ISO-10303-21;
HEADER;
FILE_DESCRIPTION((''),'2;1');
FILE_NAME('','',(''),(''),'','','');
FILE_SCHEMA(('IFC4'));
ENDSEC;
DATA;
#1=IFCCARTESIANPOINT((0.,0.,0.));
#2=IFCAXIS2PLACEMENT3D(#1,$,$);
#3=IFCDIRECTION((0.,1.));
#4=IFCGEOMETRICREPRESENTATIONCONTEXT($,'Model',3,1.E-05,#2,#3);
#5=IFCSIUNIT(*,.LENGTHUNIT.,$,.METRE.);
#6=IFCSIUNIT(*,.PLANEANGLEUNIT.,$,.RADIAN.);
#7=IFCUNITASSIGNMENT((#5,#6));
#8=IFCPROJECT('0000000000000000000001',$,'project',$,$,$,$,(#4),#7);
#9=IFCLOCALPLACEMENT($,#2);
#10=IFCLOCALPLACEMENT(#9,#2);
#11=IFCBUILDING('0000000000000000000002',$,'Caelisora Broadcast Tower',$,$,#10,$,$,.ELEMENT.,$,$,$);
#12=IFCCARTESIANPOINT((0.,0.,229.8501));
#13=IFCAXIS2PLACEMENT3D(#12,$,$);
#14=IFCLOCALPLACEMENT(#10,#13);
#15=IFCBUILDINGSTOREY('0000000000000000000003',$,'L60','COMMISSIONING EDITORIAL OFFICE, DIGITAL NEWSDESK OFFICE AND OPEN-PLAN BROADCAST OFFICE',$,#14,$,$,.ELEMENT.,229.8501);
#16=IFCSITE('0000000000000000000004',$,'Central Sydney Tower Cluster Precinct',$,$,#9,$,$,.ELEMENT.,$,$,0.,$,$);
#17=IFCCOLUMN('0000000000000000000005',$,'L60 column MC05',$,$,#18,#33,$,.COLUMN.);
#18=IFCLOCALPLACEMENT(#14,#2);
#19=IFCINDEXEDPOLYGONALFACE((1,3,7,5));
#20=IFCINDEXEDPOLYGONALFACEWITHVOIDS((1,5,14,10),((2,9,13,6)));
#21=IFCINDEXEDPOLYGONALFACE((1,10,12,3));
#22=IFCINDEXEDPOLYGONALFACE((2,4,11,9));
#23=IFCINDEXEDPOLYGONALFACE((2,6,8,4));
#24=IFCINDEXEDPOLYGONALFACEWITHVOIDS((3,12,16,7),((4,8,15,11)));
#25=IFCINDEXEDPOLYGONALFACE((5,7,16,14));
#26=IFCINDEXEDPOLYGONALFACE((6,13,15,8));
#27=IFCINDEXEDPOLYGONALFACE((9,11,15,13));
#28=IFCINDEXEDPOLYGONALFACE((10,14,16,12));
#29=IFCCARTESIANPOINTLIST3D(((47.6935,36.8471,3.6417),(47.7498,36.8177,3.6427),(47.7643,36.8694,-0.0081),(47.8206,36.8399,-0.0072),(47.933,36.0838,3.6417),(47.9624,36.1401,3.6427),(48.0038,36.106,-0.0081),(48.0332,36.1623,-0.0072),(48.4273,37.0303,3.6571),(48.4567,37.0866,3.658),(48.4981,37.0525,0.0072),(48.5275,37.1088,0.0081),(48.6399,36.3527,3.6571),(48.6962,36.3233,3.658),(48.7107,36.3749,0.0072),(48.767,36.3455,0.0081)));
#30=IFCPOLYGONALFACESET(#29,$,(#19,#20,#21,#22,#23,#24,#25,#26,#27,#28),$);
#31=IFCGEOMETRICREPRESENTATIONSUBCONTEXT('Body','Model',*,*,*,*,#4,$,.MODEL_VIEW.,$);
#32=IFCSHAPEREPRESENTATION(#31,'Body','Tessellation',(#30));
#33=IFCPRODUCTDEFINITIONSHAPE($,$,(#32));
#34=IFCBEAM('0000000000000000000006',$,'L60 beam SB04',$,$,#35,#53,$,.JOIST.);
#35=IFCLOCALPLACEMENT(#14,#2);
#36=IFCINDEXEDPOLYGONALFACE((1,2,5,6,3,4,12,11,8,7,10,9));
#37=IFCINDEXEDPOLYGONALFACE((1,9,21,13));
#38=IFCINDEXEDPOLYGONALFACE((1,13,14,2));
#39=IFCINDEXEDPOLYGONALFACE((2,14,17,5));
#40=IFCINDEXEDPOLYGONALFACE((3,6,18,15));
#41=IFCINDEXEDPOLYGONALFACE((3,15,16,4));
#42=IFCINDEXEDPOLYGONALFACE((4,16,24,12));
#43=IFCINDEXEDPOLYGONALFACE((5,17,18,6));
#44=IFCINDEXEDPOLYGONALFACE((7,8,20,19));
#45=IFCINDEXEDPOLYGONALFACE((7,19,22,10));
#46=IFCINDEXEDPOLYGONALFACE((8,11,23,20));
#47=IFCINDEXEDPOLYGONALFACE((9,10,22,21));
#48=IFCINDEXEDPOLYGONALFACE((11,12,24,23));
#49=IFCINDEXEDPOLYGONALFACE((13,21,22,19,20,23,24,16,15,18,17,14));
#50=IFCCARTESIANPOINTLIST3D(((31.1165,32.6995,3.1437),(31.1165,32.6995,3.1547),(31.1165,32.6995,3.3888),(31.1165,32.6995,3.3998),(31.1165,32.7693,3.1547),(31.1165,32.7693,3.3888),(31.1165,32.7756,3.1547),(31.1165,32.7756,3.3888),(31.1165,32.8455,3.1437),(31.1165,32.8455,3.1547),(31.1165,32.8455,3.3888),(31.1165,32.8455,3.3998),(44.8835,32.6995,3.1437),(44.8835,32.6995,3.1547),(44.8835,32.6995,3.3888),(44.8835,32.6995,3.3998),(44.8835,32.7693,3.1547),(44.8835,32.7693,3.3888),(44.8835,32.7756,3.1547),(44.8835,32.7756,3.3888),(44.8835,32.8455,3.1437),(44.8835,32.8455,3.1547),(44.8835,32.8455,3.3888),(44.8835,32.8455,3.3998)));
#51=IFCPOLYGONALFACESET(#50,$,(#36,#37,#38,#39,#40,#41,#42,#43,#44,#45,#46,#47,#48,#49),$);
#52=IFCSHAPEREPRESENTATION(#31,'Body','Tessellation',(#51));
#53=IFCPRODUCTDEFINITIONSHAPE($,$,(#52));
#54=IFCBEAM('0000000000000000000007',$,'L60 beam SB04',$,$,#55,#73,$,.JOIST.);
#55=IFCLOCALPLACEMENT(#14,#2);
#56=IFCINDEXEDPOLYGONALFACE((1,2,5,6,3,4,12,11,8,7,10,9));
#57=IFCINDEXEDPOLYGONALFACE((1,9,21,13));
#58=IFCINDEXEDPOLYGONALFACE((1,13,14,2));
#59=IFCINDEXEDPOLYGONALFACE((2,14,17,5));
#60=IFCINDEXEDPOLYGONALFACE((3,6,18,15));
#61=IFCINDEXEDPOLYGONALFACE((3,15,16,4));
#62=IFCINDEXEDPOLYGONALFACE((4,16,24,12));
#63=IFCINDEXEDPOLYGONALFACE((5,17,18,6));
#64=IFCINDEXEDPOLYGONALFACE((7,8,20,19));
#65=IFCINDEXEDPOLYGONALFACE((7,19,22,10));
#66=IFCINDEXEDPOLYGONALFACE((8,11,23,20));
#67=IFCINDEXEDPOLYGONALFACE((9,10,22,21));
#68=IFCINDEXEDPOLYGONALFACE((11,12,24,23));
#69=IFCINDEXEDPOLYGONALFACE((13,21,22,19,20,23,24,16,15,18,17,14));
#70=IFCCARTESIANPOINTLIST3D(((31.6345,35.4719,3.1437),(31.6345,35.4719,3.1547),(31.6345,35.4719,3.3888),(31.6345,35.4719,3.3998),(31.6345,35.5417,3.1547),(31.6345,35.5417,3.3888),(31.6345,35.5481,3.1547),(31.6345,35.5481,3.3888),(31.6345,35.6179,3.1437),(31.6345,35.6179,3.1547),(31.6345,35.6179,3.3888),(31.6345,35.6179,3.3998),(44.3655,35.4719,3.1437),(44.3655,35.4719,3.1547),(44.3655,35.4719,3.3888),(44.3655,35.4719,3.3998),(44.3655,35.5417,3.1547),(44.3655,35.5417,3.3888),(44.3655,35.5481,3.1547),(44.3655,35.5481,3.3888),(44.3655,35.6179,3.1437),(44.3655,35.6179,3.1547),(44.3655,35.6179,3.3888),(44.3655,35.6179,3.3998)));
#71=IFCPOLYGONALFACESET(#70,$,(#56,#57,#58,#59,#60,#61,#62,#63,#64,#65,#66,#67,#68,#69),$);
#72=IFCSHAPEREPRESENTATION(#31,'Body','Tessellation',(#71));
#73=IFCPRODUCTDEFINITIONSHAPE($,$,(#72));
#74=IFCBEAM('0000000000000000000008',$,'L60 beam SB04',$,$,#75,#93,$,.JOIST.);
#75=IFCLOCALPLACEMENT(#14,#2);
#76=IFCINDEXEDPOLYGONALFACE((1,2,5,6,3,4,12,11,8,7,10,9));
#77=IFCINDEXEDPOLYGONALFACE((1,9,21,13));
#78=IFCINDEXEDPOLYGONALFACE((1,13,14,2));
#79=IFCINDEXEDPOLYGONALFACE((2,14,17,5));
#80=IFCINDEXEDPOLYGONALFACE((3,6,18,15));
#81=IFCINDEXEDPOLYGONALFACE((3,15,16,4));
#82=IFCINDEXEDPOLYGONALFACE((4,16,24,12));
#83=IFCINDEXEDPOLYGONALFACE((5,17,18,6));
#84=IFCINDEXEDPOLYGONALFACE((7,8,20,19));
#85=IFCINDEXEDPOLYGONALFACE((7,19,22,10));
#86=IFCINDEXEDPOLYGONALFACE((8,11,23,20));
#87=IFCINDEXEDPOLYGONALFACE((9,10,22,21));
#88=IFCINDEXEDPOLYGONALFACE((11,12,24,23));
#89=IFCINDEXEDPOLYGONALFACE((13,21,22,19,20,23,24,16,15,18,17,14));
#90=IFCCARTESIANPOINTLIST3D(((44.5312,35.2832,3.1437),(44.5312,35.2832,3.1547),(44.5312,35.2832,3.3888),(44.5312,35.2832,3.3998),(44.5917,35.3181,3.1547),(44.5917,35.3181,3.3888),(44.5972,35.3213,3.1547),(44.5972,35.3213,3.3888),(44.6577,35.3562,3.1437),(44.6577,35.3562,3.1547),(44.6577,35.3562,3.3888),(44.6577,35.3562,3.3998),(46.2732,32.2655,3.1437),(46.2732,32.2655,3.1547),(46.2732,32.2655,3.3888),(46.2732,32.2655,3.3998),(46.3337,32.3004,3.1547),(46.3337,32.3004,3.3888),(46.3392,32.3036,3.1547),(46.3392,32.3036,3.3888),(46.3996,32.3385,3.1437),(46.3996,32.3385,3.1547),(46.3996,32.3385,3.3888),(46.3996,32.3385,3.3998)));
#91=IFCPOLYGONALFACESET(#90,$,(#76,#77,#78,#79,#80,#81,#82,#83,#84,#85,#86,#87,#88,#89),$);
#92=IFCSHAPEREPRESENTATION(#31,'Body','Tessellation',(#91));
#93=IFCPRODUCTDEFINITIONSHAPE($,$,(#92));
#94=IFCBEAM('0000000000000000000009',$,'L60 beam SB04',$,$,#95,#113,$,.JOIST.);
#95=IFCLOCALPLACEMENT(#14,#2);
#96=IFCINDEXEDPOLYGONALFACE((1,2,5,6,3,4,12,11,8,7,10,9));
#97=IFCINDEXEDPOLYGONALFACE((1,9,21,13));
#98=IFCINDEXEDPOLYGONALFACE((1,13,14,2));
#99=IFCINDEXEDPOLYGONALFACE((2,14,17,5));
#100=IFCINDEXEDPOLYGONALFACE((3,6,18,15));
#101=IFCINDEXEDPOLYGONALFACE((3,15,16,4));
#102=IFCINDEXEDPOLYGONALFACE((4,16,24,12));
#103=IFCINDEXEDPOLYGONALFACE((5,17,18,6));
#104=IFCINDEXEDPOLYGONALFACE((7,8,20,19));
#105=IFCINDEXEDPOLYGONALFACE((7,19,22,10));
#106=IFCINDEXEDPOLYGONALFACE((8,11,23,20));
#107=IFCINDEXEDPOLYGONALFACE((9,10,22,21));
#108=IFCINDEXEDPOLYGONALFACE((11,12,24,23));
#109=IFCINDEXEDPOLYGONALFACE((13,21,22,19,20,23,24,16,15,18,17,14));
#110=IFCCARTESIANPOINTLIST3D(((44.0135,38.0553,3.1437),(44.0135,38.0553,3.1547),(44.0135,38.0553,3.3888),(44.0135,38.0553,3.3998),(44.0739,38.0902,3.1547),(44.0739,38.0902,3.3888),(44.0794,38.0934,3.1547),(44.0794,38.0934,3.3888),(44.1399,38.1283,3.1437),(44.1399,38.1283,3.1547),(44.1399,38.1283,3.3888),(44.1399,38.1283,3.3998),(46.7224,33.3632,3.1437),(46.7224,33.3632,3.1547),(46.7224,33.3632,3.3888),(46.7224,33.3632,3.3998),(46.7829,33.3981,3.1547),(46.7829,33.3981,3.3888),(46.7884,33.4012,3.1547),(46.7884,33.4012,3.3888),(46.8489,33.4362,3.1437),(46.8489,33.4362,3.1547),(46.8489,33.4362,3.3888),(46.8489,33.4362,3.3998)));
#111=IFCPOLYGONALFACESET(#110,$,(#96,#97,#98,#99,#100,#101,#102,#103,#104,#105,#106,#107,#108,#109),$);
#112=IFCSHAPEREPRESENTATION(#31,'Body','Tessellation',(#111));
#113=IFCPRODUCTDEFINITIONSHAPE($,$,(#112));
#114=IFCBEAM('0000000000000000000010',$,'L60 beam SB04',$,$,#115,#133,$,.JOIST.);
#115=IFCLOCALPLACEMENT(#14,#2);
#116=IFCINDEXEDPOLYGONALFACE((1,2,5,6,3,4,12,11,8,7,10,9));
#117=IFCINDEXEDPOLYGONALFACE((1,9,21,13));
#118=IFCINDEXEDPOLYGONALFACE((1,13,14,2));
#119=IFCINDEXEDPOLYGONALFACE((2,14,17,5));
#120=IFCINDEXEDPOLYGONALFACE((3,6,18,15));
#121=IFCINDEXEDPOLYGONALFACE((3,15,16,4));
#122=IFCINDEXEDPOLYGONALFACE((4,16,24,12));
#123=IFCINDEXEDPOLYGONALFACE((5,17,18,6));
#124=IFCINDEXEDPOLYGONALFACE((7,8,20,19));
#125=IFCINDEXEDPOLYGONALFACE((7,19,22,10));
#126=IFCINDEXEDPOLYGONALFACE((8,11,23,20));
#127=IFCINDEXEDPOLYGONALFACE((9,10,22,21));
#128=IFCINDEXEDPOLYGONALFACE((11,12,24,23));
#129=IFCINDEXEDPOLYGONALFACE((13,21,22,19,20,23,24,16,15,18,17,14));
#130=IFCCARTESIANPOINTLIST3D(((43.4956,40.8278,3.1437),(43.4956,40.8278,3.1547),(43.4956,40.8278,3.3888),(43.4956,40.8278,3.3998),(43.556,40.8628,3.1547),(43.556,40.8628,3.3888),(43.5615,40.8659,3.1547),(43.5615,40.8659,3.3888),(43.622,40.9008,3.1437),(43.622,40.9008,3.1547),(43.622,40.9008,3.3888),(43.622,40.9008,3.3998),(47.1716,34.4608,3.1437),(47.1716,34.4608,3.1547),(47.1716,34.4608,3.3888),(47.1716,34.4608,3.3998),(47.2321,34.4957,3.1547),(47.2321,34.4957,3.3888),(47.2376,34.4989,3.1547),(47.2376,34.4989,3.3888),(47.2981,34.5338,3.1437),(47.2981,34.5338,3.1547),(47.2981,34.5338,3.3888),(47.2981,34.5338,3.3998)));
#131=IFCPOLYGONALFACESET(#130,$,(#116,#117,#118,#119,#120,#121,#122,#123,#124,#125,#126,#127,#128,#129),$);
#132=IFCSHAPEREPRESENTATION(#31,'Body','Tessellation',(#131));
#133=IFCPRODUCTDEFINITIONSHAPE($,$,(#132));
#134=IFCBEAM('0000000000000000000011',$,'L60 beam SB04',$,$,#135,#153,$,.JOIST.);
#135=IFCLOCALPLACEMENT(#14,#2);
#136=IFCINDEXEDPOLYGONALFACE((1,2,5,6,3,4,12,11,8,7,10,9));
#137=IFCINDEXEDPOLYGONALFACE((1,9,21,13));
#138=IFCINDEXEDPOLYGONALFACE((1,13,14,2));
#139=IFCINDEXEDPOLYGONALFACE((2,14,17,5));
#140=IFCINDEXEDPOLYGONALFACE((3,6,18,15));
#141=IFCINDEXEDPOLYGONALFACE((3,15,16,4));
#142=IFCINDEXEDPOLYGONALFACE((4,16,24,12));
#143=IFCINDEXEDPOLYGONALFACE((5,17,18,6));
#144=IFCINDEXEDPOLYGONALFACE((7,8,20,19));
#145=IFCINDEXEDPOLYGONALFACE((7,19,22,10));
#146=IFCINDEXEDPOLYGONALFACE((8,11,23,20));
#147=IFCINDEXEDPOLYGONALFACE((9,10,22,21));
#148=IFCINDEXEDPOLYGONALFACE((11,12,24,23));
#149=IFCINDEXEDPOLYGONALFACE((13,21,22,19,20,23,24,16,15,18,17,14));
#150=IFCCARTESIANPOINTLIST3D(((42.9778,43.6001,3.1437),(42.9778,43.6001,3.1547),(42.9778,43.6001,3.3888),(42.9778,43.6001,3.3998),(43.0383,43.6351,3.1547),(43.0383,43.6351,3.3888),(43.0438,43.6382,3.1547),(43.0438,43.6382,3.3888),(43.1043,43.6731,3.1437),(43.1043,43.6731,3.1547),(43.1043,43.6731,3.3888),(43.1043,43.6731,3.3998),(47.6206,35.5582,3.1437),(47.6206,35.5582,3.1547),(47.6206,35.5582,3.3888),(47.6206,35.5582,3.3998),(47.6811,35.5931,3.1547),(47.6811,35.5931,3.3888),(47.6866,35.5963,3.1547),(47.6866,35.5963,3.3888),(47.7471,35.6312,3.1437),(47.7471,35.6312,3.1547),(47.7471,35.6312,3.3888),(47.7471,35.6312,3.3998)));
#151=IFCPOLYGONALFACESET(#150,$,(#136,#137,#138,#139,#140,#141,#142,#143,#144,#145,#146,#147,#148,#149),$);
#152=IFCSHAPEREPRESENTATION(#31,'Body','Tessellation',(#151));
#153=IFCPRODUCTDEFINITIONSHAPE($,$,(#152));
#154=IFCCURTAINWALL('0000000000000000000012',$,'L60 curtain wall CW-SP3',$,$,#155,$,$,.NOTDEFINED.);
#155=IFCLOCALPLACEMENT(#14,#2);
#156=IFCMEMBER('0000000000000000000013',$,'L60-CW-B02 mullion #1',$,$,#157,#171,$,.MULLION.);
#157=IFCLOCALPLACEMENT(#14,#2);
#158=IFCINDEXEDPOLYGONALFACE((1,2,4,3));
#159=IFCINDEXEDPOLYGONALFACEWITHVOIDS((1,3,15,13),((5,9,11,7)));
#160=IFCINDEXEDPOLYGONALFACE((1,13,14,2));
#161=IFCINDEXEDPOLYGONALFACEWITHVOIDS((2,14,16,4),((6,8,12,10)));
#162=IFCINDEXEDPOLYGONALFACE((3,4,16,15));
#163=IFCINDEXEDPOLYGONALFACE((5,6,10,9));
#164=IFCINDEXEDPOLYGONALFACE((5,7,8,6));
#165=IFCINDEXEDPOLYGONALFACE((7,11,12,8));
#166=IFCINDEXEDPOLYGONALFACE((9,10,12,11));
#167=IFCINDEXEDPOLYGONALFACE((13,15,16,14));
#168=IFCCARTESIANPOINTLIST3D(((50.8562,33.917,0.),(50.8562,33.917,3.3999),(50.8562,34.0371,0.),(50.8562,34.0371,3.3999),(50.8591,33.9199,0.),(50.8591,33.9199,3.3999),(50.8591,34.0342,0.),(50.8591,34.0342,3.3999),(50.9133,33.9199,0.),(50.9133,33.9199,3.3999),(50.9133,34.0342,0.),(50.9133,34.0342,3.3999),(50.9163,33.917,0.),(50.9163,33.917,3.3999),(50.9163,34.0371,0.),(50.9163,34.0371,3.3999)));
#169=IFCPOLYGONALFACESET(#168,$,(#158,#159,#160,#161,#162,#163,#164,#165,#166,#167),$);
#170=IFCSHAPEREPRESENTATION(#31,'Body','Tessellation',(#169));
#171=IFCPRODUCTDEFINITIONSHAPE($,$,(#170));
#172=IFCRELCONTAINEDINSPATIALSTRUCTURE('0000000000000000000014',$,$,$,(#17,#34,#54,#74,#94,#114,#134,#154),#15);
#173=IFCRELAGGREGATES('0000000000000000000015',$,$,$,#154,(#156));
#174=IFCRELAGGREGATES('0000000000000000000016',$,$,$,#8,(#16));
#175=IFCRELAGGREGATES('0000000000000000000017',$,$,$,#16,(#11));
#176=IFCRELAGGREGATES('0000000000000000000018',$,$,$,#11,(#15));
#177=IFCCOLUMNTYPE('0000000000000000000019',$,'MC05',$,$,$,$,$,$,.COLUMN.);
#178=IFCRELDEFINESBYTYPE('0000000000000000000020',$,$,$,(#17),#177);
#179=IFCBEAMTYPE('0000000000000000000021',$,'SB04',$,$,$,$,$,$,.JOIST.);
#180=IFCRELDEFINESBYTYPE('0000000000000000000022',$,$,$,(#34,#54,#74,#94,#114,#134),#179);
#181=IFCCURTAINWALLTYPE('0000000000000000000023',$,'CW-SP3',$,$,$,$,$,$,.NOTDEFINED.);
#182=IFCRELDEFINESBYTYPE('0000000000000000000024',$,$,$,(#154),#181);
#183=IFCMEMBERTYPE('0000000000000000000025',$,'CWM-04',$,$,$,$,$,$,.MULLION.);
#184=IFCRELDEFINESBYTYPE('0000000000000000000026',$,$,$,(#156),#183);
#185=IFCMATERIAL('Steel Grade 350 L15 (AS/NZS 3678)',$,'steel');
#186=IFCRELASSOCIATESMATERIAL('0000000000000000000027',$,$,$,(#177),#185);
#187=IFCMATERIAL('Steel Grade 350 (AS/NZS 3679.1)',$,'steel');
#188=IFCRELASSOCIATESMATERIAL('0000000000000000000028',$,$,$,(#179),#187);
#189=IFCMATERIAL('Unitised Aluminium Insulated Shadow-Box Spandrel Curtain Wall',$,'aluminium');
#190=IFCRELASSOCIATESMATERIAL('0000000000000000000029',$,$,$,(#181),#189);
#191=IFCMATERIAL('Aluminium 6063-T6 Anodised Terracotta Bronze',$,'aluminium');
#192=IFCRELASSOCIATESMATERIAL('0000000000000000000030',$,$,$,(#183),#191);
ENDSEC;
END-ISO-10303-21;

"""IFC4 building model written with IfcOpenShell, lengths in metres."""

from ifc_helpers import new_model, si_unit, direction, frame, origin, origin_2d, place, context, subcontext, project, spatial, hollow_rectangle, i_section, extrude, source, transform, mapped, material, material_profile, profile_set, type_object, type_shapes, element, aggregate, save


model = new_model("IFC4")

# Units and contexts
model_context = context("Model", 3, precision=1e-05, world=origin(), true_north=direction((0.0, 1.0)))
body_context = subcontext(model_context, "Body", "Model", "MODEL_VIEW")
ifc_project = project(units=[si_unit("LENGTHUNIT", "METRE"), si_unit("PLANEANGLEUNIT", "RADIAN")], contexts=[model_context])

# Site, building, storey
site_placement = place(None, origin())
site = spatial("IfcSite", under=ifc_project, at=site_placement, Name="Central Sydney Tower Cluster Precinct", CompositionType="ELEMENT", RefElevation=0.0)
building_placement = place(site_placement, origin())
building = spatial("IfcBuilding", under=site, at=building_placement, Name="Caelisora Broadcast Tower", CompositionType="ELEMENT")
storey_placement = place(building_placement, frame((0.0, 0.0, 229.8501)))
storey = spatial("IfcBuildingStorey", under=building, at=storey_placement, Name="L60", Description="COMMISSIONING EDITORIAL OFFICE, DIGITAL NEWSDESK OFFICE AND OPEN-PLAN BROADCAST OFFICE", CompositionType="ELEMENT", Elevation=229.8501)

# Column
ifc_material_1 = material(Name="Steel Grade 350 L15 (AS/NZS 3678)", Category="steel")
ifc_material_profile_1 = material_profile(ifc_material_1, hollow_rectangle(XDim=0.8, YDim=0.8, WallThickness=0.0449, at=origin_2d()), Name="Steel Grade 350 L15 (AS/NZS 3678)")
ifc_profile_set_1 = profile_set([ifc_material_profile_1], Name="Steel Grade 350 L15 (AS/NZS 3678)")
column_type = type_object("IfcColumnType", Name="MC05", PredefinedType="COLUMN", material=ifc_profile_set_1)
shared_shape_1 = source(origin(), body_context, "Body", "SweptSolid", [
    extrude(hollow_rectangle(XDim=0.8, YDim=0.8, WallThickness=0.0449, at=origin_2d()), origin(), (0.0, 0.0, 1.0), 3.6506),
])
type_shapes(column_type, [shared_shape_1])
column_placement = place(storey_placement, frame((48.2656, 36.6074, 0.0), z_axis=(-0.019394, -0.006086, 0.999793), x_axis=(0.299399, -0.954128, 0.0)))
element("IfcColumn", 1, at=column_placement, inside=storey, type_object=column_type, Name="L60 column MC05", PredefinedType="COLUMN", context=body_context, shape_type="MappedRepresentation", body=[
    mapped(shared_shape_1, transform((0.0, 0.0, 0.0), scale=1.0)),
])

# Beams
ifc_material_2 = material(Name="Steel Grade 350 (AS/NZS 3679.1)", Category="steel")
ifc_material_profile_2 = material_profile(ifc_material_2, i_section(OverallWidth=0.146, OverallDepth=0.2561, WebThickness=0.0063, FlangeThickness=0.011, at=origin_2d()), Name="Steel Grade 350 (AS/NZS 3679.1)")
ifc_profile_set_2 = profile_set([ifc_material_profile_2], Name="Steel Grade 350 (AS/NZS 3679.1)")
beam_type = type_object("IfcBeamType", Name="SB04", PredefinedType="JOIST", material=ifc_profile_set_2)
shared_shape_2 = source(origin(), body_context, "Body", "SweptSolid", [
    extrude(i_section(OverallWidth=0.146, OverallDepth=0.2561, WebThickness=0.0063, FlangeThickness=0.011, at=origin_2d()), origin(), (0.0, 0.0, 1.0), 13.7671),
])
beam_1_placement = place(storey_placement, frame((44.8835, 32.7725, 3.2717), z_axis=(-1.0, 0.0, 0.0), x_axis=(0.0, -1.0, 0.0)))
element("IfcBeam", 2, at=beam_1_placement, inside=storey, type_object=beam_type, Name="L60 beam SB04", PredefinedType="JOIST", context=body_context, shape_type="MappedRepresentation", body=[
    mapped(shared_shape_2, transform((0.0, 0.0, 0.0), scale=1.0)),
])
shared_shape_3 = source(origin(), body_context, "Body", "SweptSolid", [
    extrude(i_section(OverallWidth=0.146, OverallDepth=0.2561, WebThickness=0.0063, FlangeThickness=0.011, at=origin_2d()), origin(), (0.0, 0.0, 1.0), 12.731),
])
beam_2_placement = place(storey_placement, frame((44.3655, 35.5449, 3.2717), z_axis=(-1.0, 0.0, 0.0), x_axis=(0.0, -1.0, 0.0)))
element("IfcBeam", 3, at=beam_2_placement, inside=storey, type_object=beam_type, Name="L60 beam SB04", PredefinedType="JOIST", context=body_context, shape_type="MappedRepresentation", body=[
    mapped(shared_shape_3, transform((0.0, 0.0, 0.0), scale=1.0)),
])
shared_shape_4 = source(origin(), body_context, "Body", "SweptSolid", [
    extrude(i_section(OverallWidth=0.146, OverallDepth=0.2561, WebThickness=0.0063, FlangeThickness=0.011, at=origin_2d()), origin(), (0.0, 0.0, 1.0), 3.4844),
])
beam_3_placement = place(storey_placement, frame((46.3364, 32.302, 3.2717), z_axis=(-0.499945, 0.866057, 0.0), x_axis=(-0.866057, -0.499945, 0.0)))
element("IfcBeam", 4, at=beam_3_placement, inside=storey, type_object=beam_type, Name="L60 beam SB04", PredefinedType="JOIST", context=body_context, shape_type="MappedRepresentation", body=[
    mapped(shared_shape_4, transform((0.0, 0.0, 0.0), scale=1.0)),
])
shared_shape_5 = source(origin(), body_context, "Body", "SweptSolid", [
    extrude(i_section(OverallWidth=0.146, OverallDepth=0.2561, WebThickness=0.0063, FlangeThickness=0.011, at=origin_2d()), origin(), (0.0, 0.0, 1.0), 5.418),
])
beam_4_placement = place(storey_placement, frame((46.7856, 33.3997, 3.2717), z_axis=(-0.499997, 0.866027, 0.0), x_axis=(-0.866027, -0.499997, 0.0)))
element("IfcBeam", 5, at=beam_4_placement, inside=storey, type_object=beam_type, Name="L60 beam SB04", PredefinedType="JOIST", context=body_context, shape_type="MappedRepresentation", body=[
    mapped(shared_shape_5, transform((0.0, 0.0, 0.0), scale=1.0)),
])
shared_shape_6 = source(origin(), body_context, "Body", "SweptSolid", [
    extrude(i_section(OverallWidth=0.146, OverallDepth=0.2561, WebThickness=0.0063, FlangeThickness=0.011, at=origin_2d()), origin(), (0.0, 0.0, 1.0), 7.3521),
])
beam_5_placement = place(storey_placement, frame((47.2349, 34.4973, 3.2717), z_axis=(-0.500007, 0.866021, 0.0), x_axis=(-0.866021, -0.500007, 0.0)))
element("IfcBeam", 6, at=beam_5_placement, inside=storey, type_object=beam_type, Name="L60 beam SB04", PredefinedType="JOIST", context=body_context, shape_type="MappedRepresentation", body=[
    mapped(shared_shape_6, transform((0.0, 0.0, 0.0), scale=1.0)),
])
shared_shape_7 = source(origin(), body_context, "Body", "SweptSolid", [
    extrude(i_section(OverallWidth=0.146, OverallDepth=0.2561, WebThickness=0.0063, FlangeThickness=0.011, at=origin_2d()), origin(), (0.0, 0.0, 1.0), 9.2859),
])
type_shapes(beam_type, [shared_shape_2, shared_shape_3, shared_shape_4, shared_shape_5, shared_shape_6, shared_shape_7])
beam_6_placement = place(storey_placement, frame((47.6838, 35.5947, 3.2717), z_axis=(-0.499982, 0.866036, 0.0), x_axis=(-0.866036, -0.499982, 0.0)))
element("IfcBeam", 7, at=beam_6_placement, inside=storey, type_object=beam_type, Name="L60 beam SB04", PredefinedType="JOIST", context=body_context, shape_type="MappedRepresentation", body=[
    mapped(shared_shape_7, transform((0.0, 0.0, 0.0), scale=1.0)),
])

# Curtain wall, member
ifc_material_3 = material(Name="Unitised Aluminium Insulated Shadow-Box Spandrel Curtain Wall", Category="aluminium")
curtain_wall_type = type_object("IfcCurtainWallType", Name="CW-SP3", PredefinedType="NOTDEFINED", material=ifc_material_3)
curtain_wall_placement = place(storey_placement, origin())
curtain_wall = element("IfcCurtainWall", 8, at=curtain_wall_placement, inside=storey, type_object=curtain_wall_type, Name="L60 curtain wall CW-SP3", PredefinedType="NOTDEFINED")
ifc_material_4 = material(Name="Aluminium 6063-T6 Anodised Terracotta Bronze", Category="aluminium")
ifc_material_profile_3 = material_profile(ifc_material_4, hollow_rectangle(XDim=0.0601, YDim=0.1201, WallThickness=0.0029, at=origin_2d()), Name="Aluminium 6063-T6 Anodised Terracotta Bronze")
ifc_profile_set_3 = profile_set([ifc_material_profile_3], Name="Aluminium 6063-T6 Anodised Terracotta Bronze")
member_type = type_object("IfcMemberType", Name="CWM-04", PredefinedType="MULLION", material=ifc_profile_set_3)
shared_shape_8 = source(origin(), body_context, "Body", "SweptSolid", [
    extrude(hollow_rectangle(XDim=0.0601, YDim=0.1201, WallThickness=0.0029, at=origin_2d()), origin(), (0.0, 0.0, 1.0), 3.3999),
])
type_shapes(member_type, [shared_shape_8])
member_placement = place(storey_placement, frame((50.8862, 33.9771, 0.0), z_axis=(0.0, 0.0, 1.0), x_axis=(1.0, 0.0, 0.0)))
member = element("IfcMember", 9, at=member_placement, type_object=member_type, Name="L60-CW-B02 mullion #1", PredefinedType="MULLION", context=body_context, shape_type="MappedRepresentation", body=[
    mapped(shared_shape_8, transform((0.0, 0.0, 0.0), scale=1.0)),
])

aggregate(curtain_wall, [member])

save(model, "model.ifc")
